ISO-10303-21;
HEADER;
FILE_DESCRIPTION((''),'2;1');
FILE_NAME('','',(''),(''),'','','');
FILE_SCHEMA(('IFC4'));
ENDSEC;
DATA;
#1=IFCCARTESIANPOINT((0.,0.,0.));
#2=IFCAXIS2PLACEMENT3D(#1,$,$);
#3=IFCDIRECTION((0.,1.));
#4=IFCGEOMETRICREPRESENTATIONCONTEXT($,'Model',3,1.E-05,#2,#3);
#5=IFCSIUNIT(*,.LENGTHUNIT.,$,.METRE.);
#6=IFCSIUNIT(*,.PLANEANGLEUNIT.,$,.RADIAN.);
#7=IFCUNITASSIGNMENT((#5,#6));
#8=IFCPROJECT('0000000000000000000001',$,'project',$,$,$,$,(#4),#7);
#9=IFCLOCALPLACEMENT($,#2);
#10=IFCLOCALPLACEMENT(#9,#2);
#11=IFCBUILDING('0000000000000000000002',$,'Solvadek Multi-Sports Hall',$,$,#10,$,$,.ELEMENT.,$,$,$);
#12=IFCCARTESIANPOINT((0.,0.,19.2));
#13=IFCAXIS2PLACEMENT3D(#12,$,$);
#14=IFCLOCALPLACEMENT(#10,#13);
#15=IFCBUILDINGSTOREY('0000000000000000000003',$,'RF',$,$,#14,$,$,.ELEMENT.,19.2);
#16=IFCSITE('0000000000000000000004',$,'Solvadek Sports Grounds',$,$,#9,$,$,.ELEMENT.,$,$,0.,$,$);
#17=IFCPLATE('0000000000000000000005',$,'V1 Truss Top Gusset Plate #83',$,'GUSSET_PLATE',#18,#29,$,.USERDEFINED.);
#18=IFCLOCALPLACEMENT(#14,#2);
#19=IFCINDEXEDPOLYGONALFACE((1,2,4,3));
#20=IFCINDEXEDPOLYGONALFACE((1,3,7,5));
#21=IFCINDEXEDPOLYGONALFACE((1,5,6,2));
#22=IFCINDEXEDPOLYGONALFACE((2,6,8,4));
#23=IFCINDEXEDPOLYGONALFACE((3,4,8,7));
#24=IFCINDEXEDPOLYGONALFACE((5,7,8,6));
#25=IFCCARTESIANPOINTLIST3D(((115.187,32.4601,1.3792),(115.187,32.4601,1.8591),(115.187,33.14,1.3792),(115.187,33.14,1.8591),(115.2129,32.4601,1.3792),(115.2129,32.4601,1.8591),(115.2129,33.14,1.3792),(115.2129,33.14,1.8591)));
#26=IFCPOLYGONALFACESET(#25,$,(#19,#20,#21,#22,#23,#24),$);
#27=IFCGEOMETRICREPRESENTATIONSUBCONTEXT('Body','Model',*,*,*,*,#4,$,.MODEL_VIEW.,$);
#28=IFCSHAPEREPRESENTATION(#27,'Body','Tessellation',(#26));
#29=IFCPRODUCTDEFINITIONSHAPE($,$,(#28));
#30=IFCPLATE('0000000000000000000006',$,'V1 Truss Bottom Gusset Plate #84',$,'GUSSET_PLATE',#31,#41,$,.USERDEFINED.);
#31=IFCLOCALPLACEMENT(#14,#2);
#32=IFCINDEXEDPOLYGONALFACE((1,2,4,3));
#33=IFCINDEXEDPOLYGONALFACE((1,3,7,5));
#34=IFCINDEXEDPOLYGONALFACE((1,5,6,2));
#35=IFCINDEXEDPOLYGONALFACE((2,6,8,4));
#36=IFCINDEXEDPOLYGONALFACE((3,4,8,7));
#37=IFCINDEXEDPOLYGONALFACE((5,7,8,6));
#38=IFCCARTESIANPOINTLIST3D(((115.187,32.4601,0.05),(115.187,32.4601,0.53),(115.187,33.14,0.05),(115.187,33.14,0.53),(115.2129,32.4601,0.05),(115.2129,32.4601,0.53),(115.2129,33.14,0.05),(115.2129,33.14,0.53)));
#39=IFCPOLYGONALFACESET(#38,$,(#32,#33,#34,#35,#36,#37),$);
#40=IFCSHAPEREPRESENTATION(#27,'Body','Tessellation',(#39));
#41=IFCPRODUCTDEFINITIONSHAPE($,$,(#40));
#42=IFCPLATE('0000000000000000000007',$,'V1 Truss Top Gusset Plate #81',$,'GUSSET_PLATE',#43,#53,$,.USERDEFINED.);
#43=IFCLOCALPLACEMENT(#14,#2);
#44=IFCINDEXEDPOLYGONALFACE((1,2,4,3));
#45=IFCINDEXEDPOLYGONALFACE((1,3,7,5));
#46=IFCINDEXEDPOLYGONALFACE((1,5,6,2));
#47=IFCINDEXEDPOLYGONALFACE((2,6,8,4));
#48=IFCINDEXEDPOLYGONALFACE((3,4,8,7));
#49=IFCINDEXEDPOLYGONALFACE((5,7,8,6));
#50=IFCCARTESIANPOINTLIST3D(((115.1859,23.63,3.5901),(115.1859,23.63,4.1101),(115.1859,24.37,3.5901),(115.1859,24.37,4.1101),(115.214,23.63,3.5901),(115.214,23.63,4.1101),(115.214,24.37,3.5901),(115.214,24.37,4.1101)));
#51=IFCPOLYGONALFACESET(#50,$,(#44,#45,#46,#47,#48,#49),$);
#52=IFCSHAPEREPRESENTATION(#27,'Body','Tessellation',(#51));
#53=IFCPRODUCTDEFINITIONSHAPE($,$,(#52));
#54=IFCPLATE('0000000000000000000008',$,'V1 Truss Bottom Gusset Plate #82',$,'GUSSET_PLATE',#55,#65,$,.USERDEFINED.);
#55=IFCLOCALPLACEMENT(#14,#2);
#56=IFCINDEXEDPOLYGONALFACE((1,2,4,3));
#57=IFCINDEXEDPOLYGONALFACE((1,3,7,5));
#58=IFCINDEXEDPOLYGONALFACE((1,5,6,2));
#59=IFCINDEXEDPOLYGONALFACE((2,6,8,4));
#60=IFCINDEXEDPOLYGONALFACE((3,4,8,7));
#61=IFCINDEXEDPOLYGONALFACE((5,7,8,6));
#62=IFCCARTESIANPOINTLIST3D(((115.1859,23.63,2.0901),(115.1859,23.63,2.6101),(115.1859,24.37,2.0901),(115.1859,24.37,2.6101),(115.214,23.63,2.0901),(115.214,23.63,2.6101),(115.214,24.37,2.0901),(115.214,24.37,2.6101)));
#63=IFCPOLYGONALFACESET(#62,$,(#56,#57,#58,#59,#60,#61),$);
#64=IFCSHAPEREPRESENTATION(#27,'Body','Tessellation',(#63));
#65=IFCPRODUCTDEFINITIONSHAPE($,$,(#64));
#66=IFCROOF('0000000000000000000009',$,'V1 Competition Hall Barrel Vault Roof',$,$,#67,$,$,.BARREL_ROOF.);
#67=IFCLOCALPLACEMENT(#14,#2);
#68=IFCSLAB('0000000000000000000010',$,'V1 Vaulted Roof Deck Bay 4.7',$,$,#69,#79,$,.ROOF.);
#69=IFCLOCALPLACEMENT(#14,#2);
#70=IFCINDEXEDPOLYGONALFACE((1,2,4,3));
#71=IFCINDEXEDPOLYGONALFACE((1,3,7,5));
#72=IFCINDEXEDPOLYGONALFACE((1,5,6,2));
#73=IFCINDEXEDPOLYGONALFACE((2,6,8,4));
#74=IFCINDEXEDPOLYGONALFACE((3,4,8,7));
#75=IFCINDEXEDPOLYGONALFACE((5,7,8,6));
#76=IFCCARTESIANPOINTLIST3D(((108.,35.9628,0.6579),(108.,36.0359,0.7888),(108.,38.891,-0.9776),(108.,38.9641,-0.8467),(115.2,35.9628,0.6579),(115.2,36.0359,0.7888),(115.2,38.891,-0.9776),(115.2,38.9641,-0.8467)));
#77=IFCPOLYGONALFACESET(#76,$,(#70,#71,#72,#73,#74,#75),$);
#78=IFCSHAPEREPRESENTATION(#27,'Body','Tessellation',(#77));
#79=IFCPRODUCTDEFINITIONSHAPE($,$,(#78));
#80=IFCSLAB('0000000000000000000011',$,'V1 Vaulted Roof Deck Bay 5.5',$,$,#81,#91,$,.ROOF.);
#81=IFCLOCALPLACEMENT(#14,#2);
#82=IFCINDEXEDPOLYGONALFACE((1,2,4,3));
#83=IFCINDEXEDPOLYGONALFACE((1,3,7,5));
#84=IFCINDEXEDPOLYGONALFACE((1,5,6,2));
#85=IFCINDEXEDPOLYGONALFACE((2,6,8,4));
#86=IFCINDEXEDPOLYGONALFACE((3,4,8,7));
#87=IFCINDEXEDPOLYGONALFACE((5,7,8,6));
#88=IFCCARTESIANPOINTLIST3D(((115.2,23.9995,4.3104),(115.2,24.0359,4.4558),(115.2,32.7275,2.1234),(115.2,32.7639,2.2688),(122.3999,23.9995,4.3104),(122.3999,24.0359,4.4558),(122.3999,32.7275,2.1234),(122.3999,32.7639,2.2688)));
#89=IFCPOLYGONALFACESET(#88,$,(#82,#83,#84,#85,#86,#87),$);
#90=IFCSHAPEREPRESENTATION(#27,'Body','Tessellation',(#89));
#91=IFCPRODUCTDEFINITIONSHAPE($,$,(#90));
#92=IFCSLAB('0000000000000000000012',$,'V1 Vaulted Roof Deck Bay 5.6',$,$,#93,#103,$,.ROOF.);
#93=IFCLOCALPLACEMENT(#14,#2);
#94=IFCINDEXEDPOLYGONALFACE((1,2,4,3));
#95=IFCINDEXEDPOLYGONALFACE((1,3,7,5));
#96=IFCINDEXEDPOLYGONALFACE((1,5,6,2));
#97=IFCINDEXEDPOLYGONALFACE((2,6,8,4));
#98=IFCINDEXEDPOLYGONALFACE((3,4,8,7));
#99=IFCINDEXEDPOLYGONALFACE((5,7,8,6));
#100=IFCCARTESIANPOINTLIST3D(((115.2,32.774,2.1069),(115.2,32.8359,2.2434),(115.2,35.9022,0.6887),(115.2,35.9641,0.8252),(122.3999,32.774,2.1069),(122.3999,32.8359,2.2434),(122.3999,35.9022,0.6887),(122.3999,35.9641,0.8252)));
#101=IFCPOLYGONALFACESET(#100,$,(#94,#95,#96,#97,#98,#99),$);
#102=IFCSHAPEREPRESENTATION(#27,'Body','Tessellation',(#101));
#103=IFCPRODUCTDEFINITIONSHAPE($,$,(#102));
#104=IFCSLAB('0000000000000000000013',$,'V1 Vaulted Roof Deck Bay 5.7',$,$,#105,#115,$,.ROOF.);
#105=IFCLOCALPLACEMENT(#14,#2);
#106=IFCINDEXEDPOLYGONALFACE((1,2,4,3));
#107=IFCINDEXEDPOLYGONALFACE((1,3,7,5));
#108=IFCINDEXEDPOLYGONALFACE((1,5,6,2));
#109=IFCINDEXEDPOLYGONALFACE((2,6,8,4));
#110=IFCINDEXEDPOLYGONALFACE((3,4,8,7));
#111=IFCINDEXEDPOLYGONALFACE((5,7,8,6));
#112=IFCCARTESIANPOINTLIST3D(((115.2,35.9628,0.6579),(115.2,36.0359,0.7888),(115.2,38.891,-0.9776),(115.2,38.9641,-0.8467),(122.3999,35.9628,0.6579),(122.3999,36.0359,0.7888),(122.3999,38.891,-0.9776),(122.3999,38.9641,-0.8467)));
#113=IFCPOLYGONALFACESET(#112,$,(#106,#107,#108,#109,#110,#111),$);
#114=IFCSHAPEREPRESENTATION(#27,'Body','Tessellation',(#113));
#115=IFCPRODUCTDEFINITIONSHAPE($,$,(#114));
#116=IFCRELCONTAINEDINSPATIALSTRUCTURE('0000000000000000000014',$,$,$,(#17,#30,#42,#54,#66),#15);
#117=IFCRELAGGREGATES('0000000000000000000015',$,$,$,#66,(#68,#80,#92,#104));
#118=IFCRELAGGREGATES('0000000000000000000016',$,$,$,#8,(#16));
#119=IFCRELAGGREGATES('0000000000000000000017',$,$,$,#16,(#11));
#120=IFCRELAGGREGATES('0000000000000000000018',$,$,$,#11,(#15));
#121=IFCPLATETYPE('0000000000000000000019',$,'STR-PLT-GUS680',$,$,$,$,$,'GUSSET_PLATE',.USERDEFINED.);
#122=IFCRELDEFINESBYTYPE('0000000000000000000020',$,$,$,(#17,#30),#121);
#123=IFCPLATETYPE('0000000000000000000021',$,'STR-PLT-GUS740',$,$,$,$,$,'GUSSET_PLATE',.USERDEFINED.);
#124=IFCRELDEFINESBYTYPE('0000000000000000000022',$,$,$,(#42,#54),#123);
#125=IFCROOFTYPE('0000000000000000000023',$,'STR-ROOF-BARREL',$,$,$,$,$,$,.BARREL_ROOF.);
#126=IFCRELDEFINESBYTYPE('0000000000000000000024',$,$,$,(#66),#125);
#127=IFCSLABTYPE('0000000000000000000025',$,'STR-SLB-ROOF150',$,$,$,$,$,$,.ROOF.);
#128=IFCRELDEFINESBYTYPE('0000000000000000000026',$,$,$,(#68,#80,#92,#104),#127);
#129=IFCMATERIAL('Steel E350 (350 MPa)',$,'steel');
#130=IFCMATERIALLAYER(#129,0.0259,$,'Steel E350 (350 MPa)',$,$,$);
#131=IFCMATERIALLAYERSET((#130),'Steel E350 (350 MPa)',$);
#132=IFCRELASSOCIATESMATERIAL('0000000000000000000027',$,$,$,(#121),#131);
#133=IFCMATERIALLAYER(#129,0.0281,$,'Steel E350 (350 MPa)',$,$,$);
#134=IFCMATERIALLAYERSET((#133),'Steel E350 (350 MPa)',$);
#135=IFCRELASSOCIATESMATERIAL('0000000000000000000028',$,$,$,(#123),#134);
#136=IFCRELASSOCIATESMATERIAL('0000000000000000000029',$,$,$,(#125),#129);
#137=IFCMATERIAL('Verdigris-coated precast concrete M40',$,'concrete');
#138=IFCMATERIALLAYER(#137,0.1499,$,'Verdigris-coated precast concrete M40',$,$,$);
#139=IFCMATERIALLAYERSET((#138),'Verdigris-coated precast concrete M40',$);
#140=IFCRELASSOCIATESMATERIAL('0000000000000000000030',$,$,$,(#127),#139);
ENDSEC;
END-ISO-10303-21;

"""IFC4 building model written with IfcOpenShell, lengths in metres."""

from ifc_helpers import new_model, si_unit, direction, frame, origin, origin_2d, place, context, subcontext, project, spatial, polyline, rectangle, outline, extrude, material, layer, layer_set, type_object, element, aggregate, save


model = new_model("IFC4")

# Units and contexts
model_context = context("Model", 3, precision=1e-05, world=origin(), true_north=direction((0.0, 1.0)))
body_context = subcontext(model_context, "Body", "Model", "MODEL_VIEW")
ifc_project = project(units=[si_unit("LENGTHUNIT", "METRE"), si_unit("PLANEANGLEUNIT", "RADIAN")], contexts=[model_context])

# Site, building, storey
site_placement = place(None, origin())
site = spatial("IfcSite", under=ifc_project, at=site_placement, Name="Solvadek Sports Grounds", CompositionType="ELEMENT", RefElevation=0.0)
building_placement = place(site_placement, origin())
building = spatial("IfcBuilding", under=site, at=building_placement, Name="Solvadek Multi-Sports Hall", CompositionType="ELEMENT")
storey_placement = place(building_placement, frame((0.0, 0.0, 19.2)))
storey = spatial("IfcBuildingStorey", under=building, at=storey_placement, Name="RF", CompositionType="ELEMENT", Elevation=19.2)

# Shared definitions
ifc_material_1 = material(Name="Steel E350 (350 MPa)", Category="steel")

# Plates
ifc_layer_1 = layer(ifc_material_1, 0.0259, Name="Steel E350 (350 MPa)")
ifc_layer_set_1 = layer_set([ifc_layer_1], Name="Steel E350 (350 MPa)")
plate_type_1 = type_object("IfcPlateType", Name="STR-PLT-GUS680", ElementType="GUSSET_PLATE", PredefinedType="USERDEFINED", material=ifc_layer_set_1)
for number, where, z_axis, x_axis, name in (
    (1, (115.2, 32.8, 1.3792), (0.0, 0.0, 1.0), (0.0, 1.0, 0.0), "V1 Truss Top Gusset Plate #83"),
    (2, (115.2, 32.8, 0.05), (0.0, 0.0, 1.0), (0.0, 1.0, 0.0), "V1 Truss Bottom Gusset Plate #84"),
):
    element("IfcPlate", number, at=place(storey_placement, frame(where, z_axis=z_axis, x_axis=x_axis)), inside=storey, type_object=plate_type_1, Name=name, ObjectType="GUSSET_PLATE", PredefinedType="USERDEFINED", context=body_context, shape_type="SweptSolid", body=[
        extrude(rectangle(XDim=0.6799, YDim=0.0259, at=origin_2d()), origin(), (0.0, 0.0, 1.0), 0.48),
    ])
ifc_layer_2 = layer(ifc_material_1, 0.0281, Name="Steel E350 (350 MPa)")
ifc_layer_set_2 = layer_set([ifc_layer_2], Name="Steel E350 (350 MPa)")
plate_type_2 = type_object("IfcPlateType", Name="STR-PLT-GUS740", ElementType="GUSSET_PLATE", PredefinedType="USERDEFINED", material=ifc_layer_set_2)
for number, where, z_axis, x_axis, name in (
    (3, (115.2, 24.0, 3.5901), (0.0, 0.0, 1.0), (0.0, 1.0, 0.0), "V1 Truss Top Gusset Plate #81"),
    (4, (115.2, 24.0, 2.0901), (0.0, 0.0, 1.0), (0.0, 1.0, 0.0), "V1 Truss Bottom Gusset Plate #82"),
):
    element("IfcPlate", number, at=place(storey_placement, frame(where, z_axis=z_axis, x_axis=x_axis)), inside=storey, type_object=plate_type_2, Name=name, ObjectType="GUSSET_PLATE", PredefinedType="USERDEFINED", context=body_context, shape_type="SweptSolid", body=[
        extrude(rectangle(XDim=0.74, YDim=0.0281, at=origin_2d()), origin(), (0.0, 0.0, 1.0), 0.52),
    ])

# Roof, slabs
roof_type = type_object("IfcRoofType", Name="STR-ROOF-BARREL", PredefinedType="BARREL_ROOF", material=ifc_material_1)
roof_placement = place(storey_placement, origin())
roof = element("IfcRoof", 5, at=roof_placement, inside=storey, type_object=roof_type, Name="V1 Competition Hall Barrel Vault Roof", PredefinedType="BARREL_ROOF")
ifc_material_2 = material(Name="Verdigris-coated precast concrete M40", Category="concrete")
ifc_layer_3 = layer(ifc_material_2, 0.1499, Name="Verdigris-coated precast concrete M40")
ifc_layer_set_3 = layer_set([ifc_layer_3], Name="Verdigris-coated precast concrete M40")
slab_type = type_object("IfcSlabType", Name="STR-SLB-ROOF150", PredefinedType="ROOF", material=ifc_layer_set_3)
slab_1_placement = place(storey_placement, frame((108.0, 36.0359, 0.7888), z_axis=(0.0, 0.487626, 0.873053), x_axis=(1.0, 0.0, 0.0)))
slab_1 = element("IfcSlab", 6, at=slab_1_placement, type_object=slab_type, Name="V1 Vaulted Roof Deck Bay 4.7", PredefinedType="ROOF", context=body_context, shape_type="SweptSolid", body=[
    extrude(outline(polyline([(0.0, 0.0), (7.2, 0.0), (7.2, 3.354), (0.0, 3.354), (0.0, 0.0)])), origin(), (0.0, 0.0, -1.0), 0.1499),
])
slab_2_placement = place(storey_placement, frame((115.2, 24.0359, 4.4558), z_axis=(0.0, 0.243059, 0.970011), x_axis=(1.0, 0.0, 0.0)))
slab_2 = element("IfcSlab", 7, at=slab_2_placement, type_object=slab_type, Name="V1 Vaulted Roof Deck Bay 5.5", PredefinedType="ROOF", context=body_context, shape_type="SweptSolid", body=[
    extrude(outline(polyline([(0.0, 0.0), (7.2, 0.0), (7.2, 8.9979), (0.0, 8.9979), (0.0, 0.0)])), origin(), (0.0, 0.0, -1.0), 0.1499),
])
slab_3_placement = place(storey_placement, frame((115.2, 32.8359, 2.2434), z_axis=(0.0, 0.412914, 0.91077), x_axis=(1.0, 0.0, 0.0)))
slab_3 = element("IfcSlab", 8, at=slab_3_placement, type_object=slab_type, Name="V1 Vaulted Roof Deck Bay 5.6", PredefinedType="ROOF", context=body_context, shape_type="SweptSolid", body=[
    extrude(outline(polyline([(0.0, 0.0), (7.2, 0.0), (7.2, 3.4346), (0.0, 3.4346), (0.0, 0.0)])), origin(), (0.0, 0.0, -1.0), 0.1499),
])
slab_4_placement = place(storey_placement, frame((115.2, 36.0359, 0.7888), z_axis=(0.0, 0.487626, 0.873053), x_axis=(1.0, 0.0, 0.0)))
slab_4 = element("IfcSlab", 9, at=slab_4_placement, type_object=slab_type, Name="V1 Vaulted Roof Deck Bay 5.7", PredefinedType="ROOF", context=body_context, shape_type="SweptSolid", body=[
    extrude(outline(polyline([(0.0, 0.0), (7.2, 0.0), (7.2, 3.354), (0.0, 3.354), (0.0, 0.0)])), origin(), (0.0, 0.0, -1.0), 0.1499),
])
aggregate(roof, [slab_1, slab_2, slab_3, slab_4])

save(model, "model.ifc")
